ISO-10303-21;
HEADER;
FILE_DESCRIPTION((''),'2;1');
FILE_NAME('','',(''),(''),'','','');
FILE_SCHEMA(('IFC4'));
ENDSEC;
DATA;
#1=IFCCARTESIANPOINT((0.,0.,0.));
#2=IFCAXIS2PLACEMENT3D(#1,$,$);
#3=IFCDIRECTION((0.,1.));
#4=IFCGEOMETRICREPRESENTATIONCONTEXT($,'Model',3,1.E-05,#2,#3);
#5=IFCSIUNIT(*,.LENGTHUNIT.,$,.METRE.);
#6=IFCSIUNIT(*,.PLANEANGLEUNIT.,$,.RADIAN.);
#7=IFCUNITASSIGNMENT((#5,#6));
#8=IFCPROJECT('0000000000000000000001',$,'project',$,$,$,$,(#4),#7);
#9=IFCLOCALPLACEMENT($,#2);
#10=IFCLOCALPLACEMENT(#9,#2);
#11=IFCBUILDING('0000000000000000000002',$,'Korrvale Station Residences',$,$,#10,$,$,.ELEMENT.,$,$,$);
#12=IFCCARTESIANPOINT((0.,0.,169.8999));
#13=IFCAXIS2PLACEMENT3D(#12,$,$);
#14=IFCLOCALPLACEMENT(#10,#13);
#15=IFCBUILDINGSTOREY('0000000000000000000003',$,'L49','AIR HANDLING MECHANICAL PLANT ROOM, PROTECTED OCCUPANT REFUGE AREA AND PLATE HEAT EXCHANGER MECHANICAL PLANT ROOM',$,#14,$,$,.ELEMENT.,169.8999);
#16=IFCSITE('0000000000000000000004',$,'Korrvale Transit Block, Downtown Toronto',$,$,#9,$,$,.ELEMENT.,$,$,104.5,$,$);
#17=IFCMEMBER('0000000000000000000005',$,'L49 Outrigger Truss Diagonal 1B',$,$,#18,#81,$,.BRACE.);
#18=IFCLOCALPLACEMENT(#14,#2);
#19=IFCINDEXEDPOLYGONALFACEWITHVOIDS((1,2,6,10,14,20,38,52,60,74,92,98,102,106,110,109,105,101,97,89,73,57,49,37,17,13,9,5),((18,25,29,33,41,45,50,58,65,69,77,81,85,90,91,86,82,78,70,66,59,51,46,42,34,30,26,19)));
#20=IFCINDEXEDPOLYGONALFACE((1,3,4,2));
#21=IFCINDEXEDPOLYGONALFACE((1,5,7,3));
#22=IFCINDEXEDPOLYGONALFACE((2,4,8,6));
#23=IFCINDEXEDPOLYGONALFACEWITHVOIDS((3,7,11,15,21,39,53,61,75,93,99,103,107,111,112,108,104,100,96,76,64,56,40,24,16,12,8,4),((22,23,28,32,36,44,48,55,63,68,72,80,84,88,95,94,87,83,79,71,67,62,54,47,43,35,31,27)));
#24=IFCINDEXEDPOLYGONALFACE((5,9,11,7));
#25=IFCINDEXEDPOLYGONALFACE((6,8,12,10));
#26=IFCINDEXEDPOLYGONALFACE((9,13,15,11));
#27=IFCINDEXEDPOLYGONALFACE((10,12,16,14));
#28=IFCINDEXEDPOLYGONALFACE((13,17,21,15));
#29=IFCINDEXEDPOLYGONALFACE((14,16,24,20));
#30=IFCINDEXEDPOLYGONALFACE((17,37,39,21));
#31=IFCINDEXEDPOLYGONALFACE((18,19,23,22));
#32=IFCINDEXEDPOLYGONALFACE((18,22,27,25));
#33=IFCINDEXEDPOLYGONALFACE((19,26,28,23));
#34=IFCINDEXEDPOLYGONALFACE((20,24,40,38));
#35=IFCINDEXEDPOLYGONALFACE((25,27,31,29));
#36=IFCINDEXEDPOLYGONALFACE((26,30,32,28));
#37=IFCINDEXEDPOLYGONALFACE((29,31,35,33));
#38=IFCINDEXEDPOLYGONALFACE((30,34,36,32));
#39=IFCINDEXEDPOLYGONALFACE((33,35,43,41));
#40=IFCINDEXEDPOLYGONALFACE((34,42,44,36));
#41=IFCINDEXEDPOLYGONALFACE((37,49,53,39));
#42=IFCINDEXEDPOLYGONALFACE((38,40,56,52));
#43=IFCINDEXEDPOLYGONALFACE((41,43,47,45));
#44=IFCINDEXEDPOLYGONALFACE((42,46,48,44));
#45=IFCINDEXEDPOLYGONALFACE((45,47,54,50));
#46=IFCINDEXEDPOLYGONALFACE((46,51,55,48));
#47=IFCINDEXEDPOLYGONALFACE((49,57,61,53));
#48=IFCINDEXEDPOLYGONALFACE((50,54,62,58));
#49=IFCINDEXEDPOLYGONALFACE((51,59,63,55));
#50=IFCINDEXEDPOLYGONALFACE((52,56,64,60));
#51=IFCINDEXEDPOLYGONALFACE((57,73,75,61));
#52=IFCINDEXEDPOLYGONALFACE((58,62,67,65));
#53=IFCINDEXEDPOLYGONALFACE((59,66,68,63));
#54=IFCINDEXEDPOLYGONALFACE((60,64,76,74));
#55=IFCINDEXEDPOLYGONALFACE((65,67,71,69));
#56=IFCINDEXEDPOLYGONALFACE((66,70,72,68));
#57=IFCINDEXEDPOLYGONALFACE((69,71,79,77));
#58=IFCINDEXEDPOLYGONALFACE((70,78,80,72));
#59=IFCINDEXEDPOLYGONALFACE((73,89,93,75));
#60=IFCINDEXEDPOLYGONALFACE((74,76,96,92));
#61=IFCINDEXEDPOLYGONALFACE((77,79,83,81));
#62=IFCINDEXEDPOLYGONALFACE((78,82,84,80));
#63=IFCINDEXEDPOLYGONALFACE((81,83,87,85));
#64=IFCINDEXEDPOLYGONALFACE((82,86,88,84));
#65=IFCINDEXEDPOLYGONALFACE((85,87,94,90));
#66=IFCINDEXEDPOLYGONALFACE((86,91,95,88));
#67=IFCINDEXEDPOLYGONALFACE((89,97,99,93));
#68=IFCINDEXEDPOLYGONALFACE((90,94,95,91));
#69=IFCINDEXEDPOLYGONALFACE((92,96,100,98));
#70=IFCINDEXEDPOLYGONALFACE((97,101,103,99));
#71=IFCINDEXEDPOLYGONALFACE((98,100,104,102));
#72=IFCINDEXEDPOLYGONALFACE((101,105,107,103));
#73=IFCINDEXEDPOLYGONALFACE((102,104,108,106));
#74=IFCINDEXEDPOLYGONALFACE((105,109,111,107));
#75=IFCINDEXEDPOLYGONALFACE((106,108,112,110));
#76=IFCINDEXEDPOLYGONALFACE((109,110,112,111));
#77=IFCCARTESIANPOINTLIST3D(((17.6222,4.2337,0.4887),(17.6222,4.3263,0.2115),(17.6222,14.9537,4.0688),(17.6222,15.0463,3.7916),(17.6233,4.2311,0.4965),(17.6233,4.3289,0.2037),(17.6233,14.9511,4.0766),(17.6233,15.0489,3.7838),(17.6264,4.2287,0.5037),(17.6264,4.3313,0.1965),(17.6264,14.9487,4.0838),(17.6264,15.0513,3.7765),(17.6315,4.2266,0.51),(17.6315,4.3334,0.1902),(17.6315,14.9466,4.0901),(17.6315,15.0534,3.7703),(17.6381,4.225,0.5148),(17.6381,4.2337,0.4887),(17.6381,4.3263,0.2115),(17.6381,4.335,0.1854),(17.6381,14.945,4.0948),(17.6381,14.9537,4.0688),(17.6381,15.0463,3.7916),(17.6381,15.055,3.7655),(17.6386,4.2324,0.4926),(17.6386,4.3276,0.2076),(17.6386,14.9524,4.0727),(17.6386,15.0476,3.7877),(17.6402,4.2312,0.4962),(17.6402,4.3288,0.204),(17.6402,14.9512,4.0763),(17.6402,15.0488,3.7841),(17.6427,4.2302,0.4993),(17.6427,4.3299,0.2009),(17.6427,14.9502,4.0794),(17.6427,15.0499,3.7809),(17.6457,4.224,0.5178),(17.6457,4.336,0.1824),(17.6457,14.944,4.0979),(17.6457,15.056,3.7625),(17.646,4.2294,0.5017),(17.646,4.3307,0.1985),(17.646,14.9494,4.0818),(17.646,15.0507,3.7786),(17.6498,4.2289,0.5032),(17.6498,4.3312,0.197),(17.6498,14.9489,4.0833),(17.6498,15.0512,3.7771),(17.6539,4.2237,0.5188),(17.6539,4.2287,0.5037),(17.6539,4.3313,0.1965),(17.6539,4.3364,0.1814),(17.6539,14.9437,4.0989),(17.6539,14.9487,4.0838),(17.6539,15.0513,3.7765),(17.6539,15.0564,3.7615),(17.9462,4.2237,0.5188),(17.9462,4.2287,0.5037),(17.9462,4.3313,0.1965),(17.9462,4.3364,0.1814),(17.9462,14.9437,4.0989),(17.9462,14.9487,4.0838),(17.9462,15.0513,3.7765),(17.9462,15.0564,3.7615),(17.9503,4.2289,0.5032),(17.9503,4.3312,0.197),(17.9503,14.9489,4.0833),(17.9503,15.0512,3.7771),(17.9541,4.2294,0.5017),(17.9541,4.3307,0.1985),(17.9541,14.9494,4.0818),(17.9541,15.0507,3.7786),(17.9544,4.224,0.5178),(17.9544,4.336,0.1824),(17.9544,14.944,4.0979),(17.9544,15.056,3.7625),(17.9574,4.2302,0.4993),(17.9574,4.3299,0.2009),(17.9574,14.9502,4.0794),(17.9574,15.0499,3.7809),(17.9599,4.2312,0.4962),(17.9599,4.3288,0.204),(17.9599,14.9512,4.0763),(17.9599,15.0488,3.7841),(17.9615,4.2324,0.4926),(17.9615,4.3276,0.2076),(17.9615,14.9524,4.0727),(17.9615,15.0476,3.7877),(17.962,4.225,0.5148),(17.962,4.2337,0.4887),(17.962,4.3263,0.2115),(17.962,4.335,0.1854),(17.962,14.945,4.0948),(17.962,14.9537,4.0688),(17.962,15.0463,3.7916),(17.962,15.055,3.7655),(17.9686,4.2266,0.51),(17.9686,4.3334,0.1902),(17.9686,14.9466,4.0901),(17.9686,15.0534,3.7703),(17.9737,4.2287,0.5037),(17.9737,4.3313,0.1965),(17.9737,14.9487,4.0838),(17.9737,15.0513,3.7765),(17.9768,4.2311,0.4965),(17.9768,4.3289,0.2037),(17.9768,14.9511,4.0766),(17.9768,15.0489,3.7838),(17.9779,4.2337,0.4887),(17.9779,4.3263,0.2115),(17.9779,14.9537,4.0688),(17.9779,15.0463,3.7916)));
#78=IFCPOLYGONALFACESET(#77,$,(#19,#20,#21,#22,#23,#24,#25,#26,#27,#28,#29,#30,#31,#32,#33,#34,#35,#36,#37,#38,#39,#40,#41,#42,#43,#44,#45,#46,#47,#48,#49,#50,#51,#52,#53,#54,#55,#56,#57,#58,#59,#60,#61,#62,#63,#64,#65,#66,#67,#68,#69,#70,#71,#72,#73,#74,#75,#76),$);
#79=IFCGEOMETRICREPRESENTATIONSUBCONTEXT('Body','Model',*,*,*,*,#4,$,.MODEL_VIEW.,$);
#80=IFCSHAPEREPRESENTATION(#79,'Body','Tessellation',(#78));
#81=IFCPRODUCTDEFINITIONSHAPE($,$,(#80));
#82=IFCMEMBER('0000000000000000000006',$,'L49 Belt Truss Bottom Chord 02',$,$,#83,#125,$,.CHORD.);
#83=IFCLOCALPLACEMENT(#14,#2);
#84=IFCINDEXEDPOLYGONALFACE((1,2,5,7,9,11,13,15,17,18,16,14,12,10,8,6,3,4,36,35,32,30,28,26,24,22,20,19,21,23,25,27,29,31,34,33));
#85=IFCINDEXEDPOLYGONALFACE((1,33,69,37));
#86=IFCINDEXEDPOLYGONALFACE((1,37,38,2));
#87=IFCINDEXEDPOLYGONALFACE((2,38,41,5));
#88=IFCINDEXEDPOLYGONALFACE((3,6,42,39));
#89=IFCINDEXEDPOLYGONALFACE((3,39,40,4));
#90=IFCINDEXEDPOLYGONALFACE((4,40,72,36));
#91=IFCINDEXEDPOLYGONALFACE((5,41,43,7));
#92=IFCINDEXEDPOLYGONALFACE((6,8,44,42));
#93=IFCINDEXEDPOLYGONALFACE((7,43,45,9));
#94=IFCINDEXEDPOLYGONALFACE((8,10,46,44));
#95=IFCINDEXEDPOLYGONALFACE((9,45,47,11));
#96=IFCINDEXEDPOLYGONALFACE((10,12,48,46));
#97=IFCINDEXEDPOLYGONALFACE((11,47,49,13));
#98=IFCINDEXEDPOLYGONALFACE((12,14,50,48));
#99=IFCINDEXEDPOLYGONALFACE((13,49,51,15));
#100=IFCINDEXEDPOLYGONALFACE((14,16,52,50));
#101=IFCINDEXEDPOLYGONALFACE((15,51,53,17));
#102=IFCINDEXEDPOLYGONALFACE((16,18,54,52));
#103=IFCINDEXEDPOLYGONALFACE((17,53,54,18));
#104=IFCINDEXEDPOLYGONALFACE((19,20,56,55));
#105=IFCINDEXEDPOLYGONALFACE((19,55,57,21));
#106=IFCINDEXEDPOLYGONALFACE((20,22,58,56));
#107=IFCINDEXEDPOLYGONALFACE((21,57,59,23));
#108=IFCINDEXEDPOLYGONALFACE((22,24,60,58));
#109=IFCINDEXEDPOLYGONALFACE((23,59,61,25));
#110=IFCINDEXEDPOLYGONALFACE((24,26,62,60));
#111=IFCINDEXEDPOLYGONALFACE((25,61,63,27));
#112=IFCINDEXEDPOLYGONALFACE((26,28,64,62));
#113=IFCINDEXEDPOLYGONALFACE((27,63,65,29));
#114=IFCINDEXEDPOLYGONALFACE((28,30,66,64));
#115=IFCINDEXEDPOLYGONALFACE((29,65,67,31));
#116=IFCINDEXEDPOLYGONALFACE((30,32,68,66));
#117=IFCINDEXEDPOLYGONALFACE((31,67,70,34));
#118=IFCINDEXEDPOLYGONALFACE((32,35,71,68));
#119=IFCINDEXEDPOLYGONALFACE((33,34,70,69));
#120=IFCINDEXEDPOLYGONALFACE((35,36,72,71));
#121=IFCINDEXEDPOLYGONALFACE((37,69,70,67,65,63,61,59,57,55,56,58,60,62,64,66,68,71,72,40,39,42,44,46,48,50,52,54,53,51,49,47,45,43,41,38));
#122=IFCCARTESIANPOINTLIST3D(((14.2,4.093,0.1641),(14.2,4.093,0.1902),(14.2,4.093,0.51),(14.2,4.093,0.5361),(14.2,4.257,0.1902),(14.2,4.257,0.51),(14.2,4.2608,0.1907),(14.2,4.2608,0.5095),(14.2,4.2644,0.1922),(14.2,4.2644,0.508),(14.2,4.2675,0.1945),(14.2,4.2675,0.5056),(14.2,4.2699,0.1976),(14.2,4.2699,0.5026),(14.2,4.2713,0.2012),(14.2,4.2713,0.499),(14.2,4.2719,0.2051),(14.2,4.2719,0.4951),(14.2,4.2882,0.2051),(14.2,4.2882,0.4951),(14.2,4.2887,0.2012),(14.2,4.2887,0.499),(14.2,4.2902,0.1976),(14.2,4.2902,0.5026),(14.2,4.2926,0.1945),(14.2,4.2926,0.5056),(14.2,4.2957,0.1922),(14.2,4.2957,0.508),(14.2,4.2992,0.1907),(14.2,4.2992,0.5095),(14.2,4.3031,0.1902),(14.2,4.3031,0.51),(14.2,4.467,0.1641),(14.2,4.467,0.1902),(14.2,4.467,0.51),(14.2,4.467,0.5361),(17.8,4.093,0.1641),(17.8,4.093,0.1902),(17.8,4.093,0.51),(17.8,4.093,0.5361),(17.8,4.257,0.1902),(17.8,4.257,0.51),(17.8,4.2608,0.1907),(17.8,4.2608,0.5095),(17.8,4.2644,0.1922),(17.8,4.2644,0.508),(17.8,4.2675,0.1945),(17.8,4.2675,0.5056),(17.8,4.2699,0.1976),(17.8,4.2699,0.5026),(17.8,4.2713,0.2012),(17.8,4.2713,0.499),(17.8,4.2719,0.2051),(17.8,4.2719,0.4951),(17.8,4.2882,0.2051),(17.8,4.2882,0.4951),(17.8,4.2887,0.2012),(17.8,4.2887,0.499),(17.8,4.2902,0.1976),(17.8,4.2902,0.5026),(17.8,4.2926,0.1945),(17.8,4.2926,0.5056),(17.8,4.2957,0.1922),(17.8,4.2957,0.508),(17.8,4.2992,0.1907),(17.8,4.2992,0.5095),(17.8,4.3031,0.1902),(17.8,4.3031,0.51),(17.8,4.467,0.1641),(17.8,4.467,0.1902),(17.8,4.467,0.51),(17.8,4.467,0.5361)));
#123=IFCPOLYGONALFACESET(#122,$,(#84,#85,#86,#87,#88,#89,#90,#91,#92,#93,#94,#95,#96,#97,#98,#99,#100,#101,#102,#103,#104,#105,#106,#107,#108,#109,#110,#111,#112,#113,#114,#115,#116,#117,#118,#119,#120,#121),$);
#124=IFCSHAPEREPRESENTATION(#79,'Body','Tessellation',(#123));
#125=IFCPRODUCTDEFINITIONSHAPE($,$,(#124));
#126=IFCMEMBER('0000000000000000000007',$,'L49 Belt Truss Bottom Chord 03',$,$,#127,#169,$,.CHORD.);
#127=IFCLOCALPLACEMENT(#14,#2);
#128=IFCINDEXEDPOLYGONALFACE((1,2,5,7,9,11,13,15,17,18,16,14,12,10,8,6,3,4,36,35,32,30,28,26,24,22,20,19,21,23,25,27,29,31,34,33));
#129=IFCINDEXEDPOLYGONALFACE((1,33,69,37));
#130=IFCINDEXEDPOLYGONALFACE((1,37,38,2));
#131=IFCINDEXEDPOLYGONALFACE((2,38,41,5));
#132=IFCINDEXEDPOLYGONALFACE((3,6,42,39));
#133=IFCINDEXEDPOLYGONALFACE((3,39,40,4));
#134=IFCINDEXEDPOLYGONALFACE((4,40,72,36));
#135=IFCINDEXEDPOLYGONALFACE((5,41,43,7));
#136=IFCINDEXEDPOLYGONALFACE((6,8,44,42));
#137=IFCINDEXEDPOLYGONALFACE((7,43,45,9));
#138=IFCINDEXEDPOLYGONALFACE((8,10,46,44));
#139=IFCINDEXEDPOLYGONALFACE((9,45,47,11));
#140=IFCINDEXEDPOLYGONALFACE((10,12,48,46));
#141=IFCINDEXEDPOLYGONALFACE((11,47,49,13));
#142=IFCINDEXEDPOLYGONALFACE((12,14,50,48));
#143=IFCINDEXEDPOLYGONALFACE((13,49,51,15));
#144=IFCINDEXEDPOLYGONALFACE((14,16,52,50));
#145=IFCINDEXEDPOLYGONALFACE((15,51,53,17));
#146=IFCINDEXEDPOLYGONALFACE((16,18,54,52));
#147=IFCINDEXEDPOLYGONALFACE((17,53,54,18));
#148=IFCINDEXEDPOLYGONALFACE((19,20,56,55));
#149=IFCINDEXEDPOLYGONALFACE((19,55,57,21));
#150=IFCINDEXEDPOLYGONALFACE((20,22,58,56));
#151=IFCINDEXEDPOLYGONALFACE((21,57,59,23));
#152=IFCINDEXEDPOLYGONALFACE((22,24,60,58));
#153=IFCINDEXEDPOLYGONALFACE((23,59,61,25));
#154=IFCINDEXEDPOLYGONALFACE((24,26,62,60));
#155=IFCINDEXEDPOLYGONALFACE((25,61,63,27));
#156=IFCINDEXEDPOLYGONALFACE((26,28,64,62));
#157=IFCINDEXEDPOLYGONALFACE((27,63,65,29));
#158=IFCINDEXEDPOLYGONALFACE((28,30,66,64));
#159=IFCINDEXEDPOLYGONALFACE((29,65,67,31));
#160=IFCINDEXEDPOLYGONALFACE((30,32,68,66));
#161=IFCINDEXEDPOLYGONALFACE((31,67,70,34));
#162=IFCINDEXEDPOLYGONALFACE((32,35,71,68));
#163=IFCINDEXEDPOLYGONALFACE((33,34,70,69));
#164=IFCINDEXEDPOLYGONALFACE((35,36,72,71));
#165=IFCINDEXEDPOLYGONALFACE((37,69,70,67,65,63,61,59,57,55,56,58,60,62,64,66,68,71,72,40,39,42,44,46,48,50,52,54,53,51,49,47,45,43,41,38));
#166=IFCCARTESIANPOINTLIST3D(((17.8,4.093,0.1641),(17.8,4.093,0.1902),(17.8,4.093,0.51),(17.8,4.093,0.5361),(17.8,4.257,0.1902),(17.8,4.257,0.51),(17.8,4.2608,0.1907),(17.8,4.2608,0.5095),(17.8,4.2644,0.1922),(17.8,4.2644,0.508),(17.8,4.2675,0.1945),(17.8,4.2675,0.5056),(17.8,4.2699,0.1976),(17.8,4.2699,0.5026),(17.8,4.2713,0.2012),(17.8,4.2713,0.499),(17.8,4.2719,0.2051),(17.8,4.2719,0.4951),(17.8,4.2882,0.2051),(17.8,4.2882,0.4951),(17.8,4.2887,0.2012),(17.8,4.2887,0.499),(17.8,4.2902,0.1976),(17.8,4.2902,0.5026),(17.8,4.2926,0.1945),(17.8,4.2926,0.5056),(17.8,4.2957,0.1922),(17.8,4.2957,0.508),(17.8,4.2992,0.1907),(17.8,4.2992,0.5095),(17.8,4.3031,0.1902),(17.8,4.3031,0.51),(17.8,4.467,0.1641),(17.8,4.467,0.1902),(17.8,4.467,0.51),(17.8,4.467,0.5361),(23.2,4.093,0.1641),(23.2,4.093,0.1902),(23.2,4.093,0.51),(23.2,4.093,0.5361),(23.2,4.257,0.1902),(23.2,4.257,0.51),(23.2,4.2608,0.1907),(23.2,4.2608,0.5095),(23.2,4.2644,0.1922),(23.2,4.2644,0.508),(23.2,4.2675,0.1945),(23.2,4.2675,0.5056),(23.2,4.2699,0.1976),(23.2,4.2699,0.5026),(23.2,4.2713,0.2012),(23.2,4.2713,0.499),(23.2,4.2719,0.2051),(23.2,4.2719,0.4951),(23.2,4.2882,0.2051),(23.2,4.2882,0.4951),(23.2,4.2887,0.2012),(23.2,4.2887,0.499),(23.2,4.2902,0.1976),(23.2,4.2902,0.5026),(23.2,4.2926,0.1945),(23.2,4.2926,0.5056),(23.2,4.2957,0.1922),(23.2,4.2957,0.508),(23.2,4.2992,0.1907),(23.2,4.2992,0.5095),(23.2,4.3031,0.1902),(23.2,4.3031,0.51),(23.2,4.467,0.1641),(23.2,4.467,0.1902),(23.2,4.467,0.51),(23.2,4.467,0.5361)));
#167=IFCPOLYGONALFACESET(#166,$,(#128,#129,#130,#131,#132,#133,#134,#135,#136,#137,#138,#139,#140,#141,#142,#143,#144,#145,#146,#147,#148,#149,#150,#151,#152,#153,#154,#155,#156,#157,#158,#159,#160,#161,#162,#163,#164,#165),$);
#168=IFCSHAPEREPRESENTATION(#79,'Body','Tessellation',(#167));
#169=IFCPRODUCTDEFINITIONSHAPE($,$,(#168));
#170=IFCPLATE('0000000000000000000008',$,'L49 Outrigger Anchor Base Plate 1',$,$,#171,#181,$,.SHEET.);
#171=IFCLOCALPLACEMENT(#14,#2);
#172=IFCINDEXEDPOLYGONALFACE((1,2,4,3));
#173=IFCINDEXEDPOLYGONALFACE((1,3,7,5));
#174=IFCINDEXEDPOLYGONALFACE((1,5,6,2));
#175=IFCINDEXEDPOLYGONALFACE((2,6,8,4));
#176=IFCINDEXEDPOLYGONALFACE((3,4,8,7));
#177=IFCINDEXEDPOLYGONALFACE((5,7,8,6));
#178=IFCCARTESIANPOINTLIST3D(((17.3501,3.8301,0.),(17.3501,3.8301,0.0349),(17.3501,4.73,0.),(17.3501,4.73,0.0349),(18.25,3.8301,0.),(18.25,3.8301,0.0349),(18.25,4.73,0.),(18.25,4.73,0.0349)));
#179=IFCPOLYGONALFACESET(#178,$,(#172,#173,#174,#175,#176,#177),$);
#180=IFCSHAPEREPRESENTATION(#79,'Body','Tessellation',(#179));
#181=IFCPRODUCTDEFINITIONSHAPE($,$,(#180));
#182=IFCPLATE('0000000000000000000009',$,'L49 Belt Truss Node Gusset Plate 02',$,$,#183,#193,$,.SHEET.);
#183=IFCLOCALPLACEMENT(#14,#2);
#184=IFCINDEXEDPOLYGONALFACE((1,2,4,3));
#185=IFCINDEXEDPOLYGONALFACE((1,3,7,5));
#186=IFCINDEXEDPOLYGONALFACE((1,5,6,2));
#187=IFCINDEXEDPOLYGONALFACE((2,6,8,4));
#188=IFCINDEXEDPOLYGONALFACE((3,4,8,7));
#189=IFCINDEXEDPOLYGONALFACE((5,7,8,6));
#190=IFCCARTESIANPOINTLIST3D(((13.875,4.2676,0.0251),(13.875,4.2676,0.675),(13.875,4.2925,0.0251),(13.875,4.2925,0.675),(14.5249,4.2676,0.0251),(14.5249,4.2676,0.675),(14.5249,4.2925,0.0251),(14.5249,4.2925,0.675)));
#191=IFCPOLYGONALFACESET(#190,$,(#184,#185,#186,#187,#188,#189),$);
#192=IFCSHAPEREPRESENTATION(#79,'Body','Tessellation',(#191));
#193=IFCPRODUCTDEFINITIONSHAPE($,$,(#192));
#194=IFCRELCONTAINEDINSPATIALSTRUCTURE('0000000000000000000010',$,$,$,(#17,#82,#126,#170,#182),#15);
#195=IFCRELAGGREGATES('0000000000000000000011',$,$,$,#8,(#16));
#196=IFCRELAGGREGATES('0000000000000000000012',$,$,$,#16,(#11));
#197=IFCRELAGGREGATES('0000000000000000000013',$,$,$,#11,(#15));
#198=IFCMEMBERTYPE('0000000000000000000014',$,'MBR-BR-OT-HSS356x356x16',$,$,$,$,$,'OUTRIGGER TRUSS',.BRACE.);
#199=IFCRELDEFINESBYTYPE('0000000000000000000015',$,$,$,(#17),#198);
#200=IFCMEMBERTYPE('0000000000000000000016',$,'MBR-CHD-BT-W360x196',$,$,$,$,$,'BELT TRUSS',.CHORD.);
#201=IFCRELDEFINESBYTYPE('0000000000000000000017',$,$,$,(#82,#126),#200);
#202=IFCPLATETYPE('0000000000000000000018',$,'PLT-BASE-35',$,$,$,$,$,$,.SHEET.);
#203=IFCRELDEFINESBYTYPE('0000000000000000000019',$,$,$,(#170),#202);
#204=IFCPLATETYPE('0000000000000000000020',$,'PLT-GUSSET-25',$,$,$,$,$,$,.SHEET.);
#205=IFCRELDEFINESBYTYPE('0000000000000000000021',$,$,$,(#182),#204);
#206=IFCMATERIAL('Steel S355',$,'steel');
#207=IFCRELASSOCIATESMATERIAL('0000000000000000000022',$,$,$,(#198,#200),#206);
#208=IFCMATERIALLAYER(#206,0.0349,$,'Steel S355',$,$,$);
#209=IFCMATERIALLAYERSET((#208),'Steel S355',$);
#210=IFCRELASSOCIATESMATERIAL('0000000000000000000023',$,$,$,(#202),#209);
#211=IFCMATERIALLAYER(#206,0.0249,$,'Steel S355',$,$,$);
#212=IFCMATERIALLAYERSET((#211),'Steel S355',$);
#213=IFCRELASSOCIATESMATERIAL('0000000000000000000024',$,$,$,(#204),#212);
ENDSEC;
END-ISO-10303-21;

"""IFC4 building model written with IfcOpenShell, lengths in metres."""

from ifc_helpers import new_model, si_unit, direction, frame, origin, origin_2d, place, context, subcontext, project, spatial, rectangle, hollow_rectangle, i_section, extrude, material, layer, layer_set, material_profile, profile_set, type_object, element, save


model = new_model("IFC4")

# Units and contexts
model_context = context("Model", 3, precision=1e-05, world=origin(), true_north=direction((0.0, 1.0)))
body_context = subcontext(model_context, "Body", "Model", "MODEL_VIEW")
ifc_project = project(units=[si_unit("LENGTHUNIT", "METRE"), si_unit("PLANEANGLEUNIT", "RADIAN")], contexts=[model_context])

# Site, building, storey
site_placement = place(None, origin())
site = spatial("IfcSite", under=ifc_project, at=site_placement, Name="Korrvale Transit Block, Downtown Toronto", CompositionType="ELEMENT", RefElevation=104.5)
building_placement = place(site_placement, origin())
building = spatial("IfcBuilding", under=site, at=building_placement, Name="Korrvale Station Residences", CompositionType="ELEMENT")
storey_placement = place(building_placement, frame((0.0, 0.0, 169.8999)))
storey = spatial("IfcBuildingStorey", under=building, at=storey_placement, Name="L49", Description="AIR HANDLING MECHANICAL PLANT ROOM, PROTECTED OCCUPANT REFUGE AREA AND PLATE HEAT EXCHANGER MECHANICAL PLANT ROOM", CompositionType="ELEMENT", Elevation=169.8999)

# Members
ifc_material_1 = material(Name="Steel S355", Category="steel")
ifc_material_profile_1 = material_profile(ifc_material_1, hollow_rectangle(XDim=0.3557, YDim=0.3557, WallThickness=0.0159, InnerFilletRadius=0.0159, OuterFilletRadius=0.0317, at=origin_2d()), Name="HSS356x356x16")
ifc_profile_set_1 = profile_set([ifc_material_profile_1], Name="Steel S355")
member_type_1 = type_object("IfcMemberType", Name="MBR-BR-OT-HSS356x356x16", ElementType="OUTRIGGER TRUSS", PredefinedType="BRACE", material=ifc_profile_set_1)
member_1_placement = place(storey_placement, frame((17.8, 4.28, 0.3501), z_axis=(0.0, 0.948504, 0.316766), x_axis=(-1.0, 0.0, 0.0)))
element("IfcMember", 1, at=member_1_placement, inside=storey, type_object=member_type_1, Name="L49 Outrigger Truss Diagonal 1B", PredefinedType="BRACE", context=body_context, shape_type="SweptSolid", body=[
    extrude(hollow_rectangle(XDim=0.3557, YDim=0.3557, WallThickness=0.0159, InnerFilletRadius=0.0159, OuterFilletRadius=0.0317, at=origin_2d()), origin(), (0.0, 0.0, 1.0), 11.302),
])
ifc_material_profile_2 = material_profile(ifc_material_1, i_section(OverallWidth=0.374, OverallDepth=0.3721, WebThickness=0.0164, FlangeThickness=0.0261, FilletRadius=0.0149, at=origin_2d()), Name="W360x196")
ifc_profile_set_2 = profile_set([ifc_material_profile_2], Name="Steel S355")
member_type_2 = type_object("IfcMemberType", Name="MBR-CHD-BT-W360x196", ElementType="BELT TRUSS", PredefinedType="CHORD", material=ifc_profile_set_2)
member_2_placement = place(storey_placement, frame((14.2, 4.28, 0.3501), z_axis=(1.0, 0.0, 0.0), x_axis=(0.0, 1.0, 0.0)))
element("IfcMember", 2, at=member_2_placement, inside=storey, type_object=member_type_2, Name="L49 Belt Truss Bottom Chord 02", PredefinedType="CHORD", context=body_context, shape_type="SweptSolid", body=[
    extrude(i_section(OverallWidth=0.374, OverallDepth=0.3721, WebThickness=0.0164, FlangeThickness=0.0261, FilletRadius=0.0149, at=origin_2d()), origin(), (0.0, 0.0, 1.0), 3.6001),
])
member_3_placement = place(storey_placement, frame((17.8, 4.28, 0.3501), z_axis=(1.0, 0.0, 0.0), x_axis=(0.0, 1.0, 0.0)))
element("IfcMember", 3, at=member_3_placement, inside=storey, type_object=member_type_2, Name="L49 Belt Truss Bottom Chord 03", PredefinedType="CHORD", context=body_context, shape_type="SweptSolid", body=[
    extrude(i_section(OverallWidth=0.374, OverallDepth=0.3721, WebThickness=0.0164, FlangeThickness=0.0261, FilletRadius=0.0149, at=origin_2d()), origin(), (0.0, 0.0, 1.0), 5.3999),
])

# Plates
ifc_layer_1 = layer(ifc_material_1, 0.0349, Name="Steel S355")
ifc_layer_set_1 = layer_set([ifc_layer_1], Name="Steel S355")
plate_type_1 = type_object("IfcPlateType", Name="PLT-BASE-35", PredefinedType="SHEET", material=ifc_layer_set_1)
plate_placement = place(storey_placement, frame((17.8, 4.28, 0.0), z_axis=(0.0, 0.0, 1.0), x_axis=(1.0, 0.0, 0.0)))
element("IfcPlate", 4, at=plate_placement, inside=storey, type_object=plate_type_1, Name="L49 Outrigger Anchor Base Plate 1", PredefinedType="SHEET", context=body_context, shape_type="SweptSolid", body=[
    extrude(rectangle(XDim=0.8999, YDim=0.8999, at=origin_2d()), origin(), (0.0, 0.0, 1.0), 0.0349),
])
ifc_layer_2 = layer(ifc_material_1, 0.0249, Name="Steel S355")
ifc_layer_set_2 = layer_set([ifc_layer_2], Name="Steel S355")
plate_type_2 = type_object("IfcPlateType", Name="PLT-GUSSET-25", PredefinedType="SHEET", material=ifc_layer_set_2)
for number, where, z_axis, x_axis, name in (
    (5, (14.2, 4.28, 0.0251), (0.0, 0.0, 1.0), (1.0, 0.0, 0.0), "L49 Belt Truss Node Gusset Plate 02"),
):
    element("IfcPlate", number, at=place(storey_placement, frame(where, z_axis=z_axis, x_axis=x_axis)), inside=storey, type_object=plate_type_2, Name=name, PredefinedType="SHEET", context=body_context, shape_type="SweptSolid", body=[
        extrude(rectangle(XDim=0.6499, YDim=0.0249, at=origin_2d()), origin(), (0.0, 0.0, 1.0), 0.6499),
    ])

save(model, "model.ifc")
